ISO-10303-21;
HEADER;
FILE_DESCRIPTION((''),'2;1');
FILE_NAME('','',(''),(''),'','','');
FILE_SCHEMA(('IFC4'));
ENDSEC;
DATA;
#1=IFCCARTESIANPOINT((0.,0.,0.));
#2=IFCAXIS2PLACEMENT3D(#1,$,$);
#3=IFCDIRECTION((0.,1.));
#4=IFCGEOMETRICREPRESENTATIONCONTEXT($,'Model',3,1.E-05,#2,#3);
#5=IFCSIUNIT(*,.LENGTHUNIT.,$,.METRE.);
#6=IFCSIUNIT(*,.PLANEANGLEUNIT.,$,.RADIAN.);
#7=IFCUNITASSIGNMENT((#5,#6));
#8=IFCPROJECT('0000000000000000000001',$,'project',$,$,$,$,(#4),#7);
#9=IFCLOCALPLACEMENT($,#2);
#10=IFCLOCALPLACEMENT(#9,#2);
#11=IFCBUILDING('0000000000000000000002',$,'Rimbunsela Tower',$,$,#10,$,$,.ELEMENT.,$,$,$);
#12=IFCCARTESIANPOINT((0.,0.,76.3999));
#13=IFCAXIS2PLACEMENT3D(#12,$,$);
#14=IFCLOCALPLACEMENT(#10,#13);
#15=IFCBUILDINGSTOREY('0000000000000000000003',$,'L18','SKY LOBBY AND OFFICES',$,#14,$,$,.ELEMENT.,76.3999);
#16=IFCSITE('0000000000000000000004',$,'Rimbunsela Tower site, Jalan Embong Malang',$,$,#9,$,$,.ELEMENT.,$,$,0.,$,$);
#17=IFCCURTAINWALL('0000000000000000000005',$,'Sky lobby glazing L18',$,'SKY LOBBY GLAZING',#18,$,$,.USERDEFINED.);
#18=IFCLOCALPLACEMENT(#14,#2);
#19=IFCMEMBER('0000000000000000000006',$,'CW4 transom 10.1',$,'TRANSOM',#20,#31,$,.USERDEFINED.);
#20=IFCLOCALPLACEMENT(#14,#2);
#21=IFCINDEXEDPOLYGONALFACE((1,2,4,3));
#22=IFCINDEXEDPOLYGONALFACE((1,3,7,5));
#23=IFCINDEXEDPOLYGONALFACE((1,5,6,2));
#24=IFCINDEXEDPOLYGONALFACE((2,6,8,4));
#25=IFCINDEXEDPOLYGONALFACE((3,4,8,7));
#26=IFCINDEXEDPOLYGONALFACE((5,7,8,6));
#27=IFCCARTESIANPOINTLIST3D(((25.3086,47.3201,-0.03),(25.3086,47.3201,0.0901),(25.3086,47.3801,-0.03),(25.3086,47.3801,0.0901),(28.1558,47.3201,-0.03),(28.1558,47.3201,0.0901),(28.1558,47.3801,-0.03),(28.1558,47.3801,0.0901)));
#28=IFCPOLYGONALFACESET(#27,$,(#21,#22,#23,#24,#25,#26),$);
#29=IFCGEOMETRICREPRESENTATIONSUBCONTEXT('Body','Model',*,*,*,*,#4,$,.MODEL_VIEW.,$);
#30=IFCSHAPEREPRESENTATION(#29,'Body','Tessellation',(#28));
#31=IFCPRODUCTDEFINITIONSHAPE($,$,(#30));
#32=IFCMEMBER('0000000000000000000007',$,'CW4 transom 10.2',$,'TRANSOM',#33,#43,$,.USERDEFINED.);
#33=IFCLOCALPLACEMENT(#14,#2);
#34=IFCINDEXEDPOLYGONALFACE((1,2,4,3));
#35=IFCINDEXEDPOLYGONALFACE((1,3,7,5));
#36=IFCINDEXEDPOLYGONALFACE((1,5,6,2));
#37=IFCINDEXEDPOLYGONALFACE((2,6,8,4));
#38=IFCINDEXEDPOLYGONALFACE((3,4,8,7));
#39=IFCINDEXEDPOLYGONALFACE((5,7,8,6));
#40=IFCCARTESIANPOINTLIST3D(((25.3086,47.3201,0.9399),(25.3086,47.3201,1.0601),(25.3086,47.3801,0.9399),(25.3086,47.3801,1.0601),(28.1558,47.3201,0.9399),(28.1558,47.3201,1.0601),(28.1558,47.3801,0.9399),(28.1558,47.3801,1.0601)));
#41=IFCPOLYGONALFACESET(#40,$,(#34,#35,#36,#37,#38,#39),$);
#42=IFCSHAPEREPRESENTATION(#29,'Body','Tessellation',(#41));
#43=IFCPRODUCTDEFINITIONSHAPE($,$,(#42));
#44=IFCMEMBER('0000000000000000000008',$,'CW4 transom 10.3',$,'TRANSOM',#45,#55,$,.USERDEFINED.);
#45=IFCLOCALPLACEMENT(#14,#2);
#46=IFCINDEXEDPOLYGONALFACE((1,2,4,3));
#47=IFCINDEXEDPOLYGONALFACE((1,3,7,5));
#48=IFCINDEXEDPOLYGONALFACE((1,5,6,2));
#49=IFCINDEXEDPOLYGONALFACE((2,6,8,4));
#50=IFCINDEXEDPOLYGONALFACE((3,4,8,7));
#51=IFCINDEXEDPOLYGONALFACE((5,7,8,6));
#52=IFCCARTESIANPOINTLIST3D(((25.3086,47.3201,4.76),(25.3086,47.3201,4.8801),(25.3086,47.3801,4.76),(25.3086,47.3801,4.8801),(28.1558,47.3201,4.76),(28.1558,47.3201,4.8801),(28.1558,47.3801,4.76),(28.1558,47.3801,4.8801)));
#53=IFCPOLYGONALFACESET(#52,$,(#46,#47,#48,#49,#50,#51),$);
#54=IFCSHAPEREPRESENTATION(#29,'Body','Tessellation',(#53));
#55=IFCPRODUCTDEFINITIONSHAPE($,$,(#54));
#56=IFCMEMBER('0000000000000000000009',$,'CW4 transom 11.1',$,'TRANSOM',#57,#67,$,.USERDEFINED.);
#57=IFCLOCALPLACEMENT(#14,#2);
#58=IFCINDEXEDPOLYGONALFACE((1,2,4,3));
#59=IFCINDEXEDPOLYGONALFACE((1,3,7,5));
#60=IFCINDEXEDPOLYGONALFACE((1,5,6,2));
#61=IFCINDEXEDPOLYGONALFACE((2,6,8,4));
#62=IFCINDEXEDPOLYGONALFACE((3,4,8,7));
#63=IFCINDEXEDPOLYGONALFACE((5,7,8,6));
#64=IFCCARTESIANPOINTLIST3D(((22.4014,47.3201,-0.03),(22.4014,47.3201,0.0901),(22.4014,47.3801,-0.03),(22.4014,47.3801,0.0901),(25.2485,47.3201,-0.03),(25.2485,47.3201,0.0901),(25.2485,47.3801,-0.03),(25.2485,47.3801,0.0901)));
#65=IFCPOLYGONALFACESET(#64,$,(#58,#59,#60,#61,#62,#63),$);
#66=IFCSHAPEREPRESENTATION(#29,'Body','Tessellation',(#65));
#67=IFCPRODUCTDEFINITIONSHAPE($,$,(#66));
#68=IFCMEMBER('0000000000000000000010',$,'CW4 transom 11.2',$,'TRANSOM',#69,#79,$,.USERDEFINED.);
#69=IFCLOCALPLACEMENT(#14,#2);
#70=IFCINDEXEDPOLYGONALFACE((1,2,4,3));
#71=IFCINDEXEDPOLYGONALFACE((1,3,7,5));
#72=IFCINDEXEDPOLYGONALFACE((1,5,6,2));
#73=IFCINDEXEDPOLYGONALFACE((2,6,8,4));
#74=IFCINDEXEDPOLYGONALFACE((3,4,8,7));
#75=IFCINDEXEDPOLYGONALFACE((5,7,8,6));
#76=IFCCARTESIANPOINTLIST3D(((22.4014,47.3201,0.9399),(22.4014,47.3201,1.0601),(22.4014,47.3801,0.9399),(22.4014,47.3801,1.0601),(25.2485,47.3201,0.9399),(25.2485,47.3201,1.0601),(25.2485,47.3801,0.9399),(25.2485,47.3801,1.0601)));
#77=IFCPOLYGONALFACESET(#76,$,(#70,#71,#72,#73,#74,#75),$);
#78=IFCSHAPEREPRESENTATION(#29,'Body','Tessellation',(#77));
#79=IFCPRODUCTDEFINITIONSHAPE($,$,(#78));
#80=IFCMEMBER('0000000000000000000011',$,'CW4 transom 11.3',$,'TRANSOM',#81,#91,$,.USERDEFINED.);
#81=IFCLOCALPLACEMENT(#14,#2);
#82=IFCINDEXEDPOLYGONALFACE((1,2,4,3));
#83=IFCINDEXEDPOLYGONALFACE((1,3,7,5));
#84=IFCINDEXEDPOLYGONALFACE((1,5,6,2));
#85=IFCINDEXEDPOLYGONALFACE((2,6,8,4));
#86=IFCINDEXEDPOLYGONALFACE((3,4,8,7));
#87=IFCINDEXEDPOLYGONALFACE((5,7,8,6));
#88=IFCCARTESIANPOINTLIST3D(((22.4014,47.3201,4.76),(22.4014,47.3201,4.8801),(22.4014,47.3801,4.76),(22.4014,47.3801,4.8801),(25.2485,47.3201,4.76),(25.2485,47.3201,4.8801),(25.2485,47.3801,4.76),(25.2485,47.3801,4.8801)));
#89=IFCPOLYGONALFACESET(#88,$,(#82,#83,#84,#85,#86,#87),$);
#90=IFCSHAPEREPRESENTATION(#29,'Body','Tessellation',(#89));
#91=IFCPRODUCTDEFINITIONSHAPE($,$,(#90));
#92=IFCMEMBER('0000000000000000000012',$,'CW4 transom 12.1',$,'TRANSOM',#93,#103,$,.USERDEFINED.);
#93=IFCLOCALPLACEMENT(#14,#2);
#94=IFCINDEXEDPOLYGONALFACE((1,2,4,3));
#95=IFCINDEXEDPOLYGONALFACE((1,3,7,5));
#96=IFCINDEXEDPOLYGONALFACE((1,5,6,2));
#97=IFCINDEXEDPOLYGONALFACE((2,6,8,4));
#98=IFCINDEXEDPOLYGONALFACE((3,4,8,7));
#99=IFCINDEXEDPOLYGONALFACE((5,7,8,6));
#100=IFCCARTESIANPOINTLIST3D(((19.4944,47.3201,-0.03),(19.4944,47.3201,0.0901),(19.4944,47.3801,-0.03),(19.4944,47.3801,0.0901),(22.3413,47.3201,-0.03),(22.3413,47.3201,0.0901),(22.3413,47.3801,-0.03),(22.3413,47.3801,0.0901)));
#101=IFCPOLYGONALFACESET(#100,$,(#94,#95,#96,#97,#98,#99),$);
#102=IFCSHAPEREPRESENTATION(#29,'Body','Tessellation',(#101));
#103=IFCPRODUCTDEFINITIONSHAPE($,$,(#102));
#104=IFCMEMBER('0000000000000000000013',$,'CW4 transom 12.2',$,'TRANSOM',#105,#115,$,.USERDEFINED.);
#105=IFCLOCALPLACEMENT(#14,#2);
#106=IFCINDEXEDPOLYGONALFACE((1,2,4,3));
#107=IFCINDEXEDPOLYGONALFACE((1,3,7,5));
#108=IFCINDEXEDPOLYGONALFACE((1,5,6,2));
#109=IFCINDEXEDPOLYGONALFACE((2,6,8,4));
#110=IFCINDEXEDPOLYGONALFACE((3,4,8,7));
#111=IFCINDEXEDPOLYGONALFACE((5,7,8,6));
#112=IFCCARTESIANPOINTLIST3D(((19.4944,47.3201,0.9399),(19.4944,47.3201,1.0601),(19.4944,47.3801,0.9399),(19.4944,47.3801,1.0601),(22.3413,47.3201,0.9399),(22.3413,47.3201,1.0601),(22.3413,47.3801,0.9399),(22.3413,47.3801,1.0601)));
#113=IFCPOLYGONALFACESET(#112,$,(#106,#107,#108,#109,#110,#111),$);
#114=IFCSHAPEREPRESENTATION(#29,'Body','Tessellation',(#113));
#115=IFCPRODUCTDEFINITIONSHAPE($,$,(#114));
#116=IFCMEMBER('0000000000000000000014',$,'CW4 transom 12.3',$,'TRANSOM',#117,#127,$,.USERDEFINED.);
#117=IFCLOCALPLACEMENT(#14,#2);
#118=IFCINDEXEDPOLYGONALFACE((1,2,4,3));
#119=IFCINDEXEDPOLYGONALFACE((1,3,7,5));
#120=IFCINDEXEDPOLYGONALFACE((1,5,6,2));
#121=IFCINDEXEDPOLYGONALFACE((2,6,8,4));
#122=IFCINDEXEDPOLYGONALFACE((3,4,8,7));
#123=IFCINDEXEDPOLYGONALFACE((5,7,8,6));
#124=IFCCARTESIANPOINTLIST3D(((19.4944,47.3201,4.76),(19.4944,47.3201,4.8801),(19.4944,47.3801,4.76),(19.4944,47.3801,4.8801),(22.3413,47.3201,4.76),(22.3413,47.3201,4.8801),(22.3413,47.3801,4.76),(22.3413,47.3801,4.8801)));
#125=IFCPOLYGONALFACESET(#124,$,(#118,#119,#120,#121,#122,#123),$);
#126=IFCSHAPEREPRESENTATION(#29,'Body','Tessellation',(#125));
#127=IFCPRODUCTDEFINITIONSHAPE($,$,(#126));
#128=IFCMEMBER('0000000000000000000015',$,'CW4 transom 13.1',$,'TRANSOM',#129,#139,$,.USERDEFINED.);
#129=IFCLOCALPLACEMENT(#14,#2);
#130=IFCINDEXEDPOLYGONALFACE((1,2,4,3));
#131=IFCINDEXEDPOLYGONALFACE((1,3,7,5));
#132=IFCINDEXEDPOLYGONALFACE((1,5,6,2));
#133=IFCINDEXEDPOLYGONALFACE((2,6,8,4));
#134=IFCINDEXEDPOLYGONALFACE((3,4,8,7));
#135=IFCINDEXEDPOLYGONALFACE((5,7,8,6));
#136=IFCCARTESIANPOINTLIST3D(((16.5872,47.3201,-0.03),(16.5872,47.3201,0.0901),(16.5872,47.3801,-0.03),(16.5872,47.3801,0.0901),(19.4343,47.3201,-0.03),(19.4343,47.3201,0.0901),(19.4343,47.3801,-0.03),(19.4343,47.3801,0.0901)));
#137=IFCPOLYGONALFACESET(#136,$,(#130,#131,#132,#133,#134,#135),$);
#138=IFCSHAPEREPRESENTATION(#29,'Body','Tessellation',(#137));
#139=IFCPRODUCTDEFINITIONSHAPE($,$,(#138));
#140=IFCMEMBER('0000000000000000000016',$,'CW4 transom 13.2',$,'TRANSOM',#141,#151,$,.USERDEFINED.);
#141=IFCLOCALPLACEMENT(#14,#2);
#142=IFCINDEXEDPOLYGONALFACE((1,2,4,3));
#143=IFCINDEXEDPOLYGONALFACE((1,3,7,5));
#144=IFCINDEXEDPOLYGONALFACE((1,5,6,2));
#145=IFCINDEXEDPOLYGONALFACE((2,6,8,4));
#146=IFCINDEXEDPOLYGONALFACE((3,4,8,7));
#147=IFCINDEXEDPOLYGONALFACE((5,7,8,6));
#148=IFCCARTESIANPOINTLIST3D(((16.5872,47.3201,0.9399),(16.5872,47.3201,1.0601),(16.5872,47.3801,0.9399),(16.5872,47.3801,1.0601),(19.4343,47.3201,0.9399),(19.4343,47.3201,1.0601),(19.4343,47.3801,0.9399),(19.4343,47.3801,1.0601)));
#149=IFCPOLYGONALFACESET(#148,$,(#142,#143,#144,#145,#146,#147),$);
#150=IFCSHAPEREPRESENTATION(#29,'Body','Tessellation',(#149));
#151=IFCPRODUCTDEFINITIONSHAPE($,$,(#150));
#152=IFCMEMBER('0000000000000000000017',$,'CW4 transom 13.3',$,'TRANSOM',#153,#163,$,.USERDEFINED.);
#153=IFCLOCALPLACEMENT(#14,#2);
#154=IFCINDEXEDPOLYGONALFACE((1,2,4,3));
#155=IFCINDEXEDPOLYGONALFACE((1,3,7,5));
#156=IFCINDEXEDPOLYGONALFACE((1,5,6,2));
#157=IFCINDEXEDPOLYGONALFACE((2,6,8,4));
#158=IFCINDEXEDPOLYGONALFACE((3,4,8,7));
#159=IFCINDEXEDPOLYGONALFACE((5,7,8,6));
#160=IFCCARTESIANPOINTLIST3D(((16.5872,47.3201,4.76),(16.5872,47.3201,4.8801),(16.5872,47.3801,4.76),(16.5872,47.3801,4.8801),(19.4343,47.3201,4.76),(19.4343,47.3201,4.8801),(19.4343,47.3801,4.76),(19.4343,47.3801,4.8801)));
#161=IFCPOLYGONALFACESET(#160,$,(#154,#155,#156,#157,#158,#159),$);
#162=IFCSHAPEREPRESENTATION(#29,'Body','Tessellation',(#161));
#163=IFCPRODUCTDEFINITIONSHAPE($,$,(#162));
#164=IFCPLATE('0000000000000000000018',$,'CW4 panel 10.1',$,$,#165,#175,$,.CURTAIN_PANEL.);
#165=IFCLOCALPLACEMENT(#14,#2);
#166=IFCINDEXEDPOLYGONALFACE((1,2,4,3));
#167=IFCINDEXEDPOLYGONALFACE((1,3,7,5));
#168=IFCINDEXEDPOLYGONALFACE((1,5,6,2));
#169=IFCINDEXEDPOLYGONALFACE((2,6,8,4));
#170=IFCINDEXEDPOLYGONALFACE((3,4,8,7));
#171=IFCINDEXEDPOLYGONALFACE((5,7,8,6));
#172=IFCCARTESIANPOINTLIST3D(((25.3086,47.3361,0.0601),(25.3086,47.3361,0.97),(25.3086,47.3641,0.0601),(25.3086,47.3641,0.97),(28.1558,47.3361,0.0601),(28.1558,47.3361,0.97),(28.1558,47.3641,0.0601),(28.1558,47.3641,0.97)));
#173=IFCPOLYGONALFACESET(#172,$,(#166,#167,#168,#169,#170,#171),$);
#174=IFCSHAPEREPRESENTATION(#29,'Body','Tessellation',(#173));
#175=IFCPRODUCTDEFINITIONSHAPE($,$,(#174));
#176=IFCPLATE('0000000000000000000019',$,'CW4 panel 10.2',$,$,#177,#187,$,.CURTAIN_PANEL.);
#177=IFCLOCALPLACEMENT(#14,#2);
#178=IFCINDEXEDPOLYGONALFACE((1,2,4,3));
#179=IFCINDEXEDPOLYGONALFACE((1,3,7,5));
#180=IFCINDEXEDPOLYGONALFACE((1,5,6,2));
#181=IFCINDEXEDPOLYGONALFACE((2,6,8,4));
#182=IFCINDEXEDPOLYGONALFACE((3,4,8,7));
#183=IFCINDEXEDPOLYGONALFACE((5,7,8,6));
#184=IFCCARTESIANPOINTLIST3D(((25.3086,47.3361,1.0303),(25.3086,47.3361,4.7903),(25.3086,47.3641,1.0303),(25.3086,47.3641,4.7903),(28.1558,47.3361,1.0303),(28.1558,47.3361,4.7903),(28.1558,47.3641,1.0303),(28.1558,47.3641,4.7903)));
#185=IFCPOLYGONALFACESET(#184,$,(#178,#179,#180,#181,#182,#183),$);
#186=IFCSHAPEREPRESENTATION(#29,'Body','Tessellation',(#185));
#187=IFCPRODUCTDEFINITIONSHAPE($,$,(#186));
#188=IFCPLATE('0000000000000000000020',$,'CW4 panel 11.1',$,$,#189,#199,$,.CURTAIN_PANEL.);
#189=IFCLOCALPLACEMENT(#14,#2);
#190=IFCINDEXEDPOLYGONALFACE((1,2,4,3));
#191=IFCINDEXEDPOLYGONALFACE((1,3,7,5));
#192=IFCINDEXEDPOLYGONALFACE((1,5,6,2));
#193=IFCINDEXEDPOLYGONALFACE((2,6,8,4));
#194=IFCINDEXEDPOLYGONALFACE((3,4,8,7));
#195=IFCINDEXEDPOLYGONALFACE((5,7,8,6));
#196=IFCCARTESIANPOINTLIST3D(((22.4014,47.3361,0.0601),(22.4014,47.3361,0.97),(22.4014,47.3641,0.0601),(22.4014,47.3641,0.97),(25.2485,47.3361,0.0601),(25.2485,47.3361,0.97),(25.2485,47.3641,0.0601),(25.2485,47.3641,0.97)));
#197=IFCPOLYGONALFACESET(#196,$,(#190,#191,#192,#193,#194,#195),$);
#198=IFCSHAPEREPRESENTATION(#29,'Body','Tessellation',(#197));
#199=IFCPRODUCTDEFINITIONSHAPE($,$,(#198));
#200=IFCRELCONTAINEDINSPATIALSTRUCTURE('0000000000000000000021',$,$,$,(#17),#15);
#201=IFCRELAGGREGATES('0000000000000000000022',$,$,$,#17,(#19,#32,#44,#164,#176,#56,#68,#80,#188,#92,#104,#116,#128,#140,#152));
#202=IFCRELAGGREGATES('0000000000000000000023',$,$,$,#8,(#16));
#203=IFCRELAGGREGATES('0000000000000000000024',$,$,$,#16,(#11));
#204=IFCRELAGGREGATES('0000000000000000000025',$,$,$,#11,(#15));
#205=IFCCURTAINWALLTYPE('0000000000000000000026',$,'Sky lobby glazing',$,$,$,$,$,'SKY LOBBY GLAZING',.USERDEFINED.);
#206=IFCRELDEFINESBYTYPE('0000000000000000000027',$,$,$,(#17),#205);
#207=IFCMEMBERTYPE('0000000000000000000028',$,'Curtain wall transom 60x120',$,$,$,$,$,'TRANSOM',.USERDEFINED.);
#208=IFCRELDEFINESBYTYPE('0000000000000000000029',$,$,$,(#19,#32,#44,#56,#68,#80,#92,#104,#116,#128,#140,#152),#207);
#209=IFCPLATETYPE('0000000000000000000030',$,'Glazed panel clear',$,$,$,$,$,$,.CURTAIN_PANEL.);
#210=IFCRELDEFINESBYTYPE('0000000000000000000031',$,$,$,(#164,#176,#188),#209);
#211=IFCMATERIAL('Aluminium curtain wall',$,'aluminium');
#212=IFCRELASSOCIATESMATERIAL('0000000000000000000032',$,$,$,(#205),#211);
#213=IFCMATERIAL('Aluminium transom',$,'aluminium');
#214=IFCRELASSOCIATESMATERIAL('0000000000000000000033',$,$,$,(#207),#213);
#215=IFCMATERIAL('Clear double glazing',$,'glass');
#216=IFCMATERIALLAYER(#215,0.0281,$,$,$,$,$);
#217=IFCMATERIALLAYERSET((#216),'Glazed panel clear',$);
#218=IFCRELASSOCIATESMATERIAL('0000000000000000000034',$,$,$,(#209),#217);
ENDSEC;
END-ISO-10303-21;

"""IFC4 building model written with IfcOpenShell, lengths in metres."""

from ifc_helpers import new_model, si_unit, direction, frame, origin, origin_2d, place, context, subcontext, project, spatial, rectangle, extrude, material, layer, layer_set, material_profile, profile_set, type_object, element, aggregate, save


model = new_model("IFC4")

# Units and contexts
model_context = context("Model", 3, precision=1e-05, world=origin(), true_north=direction((0.0, 1.0)))
body_context = subcontext(model_context, "Body", "Model", "MODEL_VIEW")
ifc_project = project(units=[si_unit("LENGTHUNIT", "METRE"), si_unit("PLANEANGLEUNIT", "RADIAN")], contexts=[model_context])

# Site, building, storey
site_placement = place(None, origin())
site = spatial("IfcSite", under=ifc_project, at=site_placement, Name="Rimbunsela Tower site, Jalan Embong Malang", CompositionType="ELEMENT", RefElevation=0.0)
building_placement = place(site_placement, origin())
building = spatial("IfcBuilding", under=site, at=building_placement, Name="Rimbunsela Tower", CompositionType="ELEMENT")
storey_placement = place(building_placement, frame((0.0, 0.0, 76.3999)))
storey = spatial("IfcBuildingStorey", under=building, at=storey_placement, Name="L18", Description="SKY LOBBY AND OFFICES", CompositionType="ELEMENT", Elevation=76.3999)

# Curtain wall, members, plates
ifc_material_1 = material(Name="Aluminium curtain wall", Category="aluminium")
curtain_wall_type = type_object("IfcCurtainWallType", Name="Sky lobby glazing", ElementType="SKY LOBBY GLAZING", PredefinedType="USERDEFINED", material=ifc_material_1)
curtain_wall_placement = place(storey_placement, origin())
curtain_wall = element("IfcCurtainWall", 1, at=curtain_wall_placement, inside=storey, type_object=curtain_wall_type, Name="Sky lobby glazing L18", ObjectType="SKY LOBBY GLAZING", PredefinedType="USERDEFINED")
ifc_material_2 = material(Name="Aluminium transom", Category="aluminium")
ifc_material_profile_1 = material_profile(ifc_material_2, rectangle(XDim=0.0601, YDim=0.1201, at=origin_2d()), Name="Transom 60x120")
ifc_profile_set_1 = profile_set([ifc_material_profile_1], Name="Aluminium transom")
member_type_1 = type_object("IfcMemberType", Name="Curtain wall transom 60x120", ElementType="TRANSOM", PredefinedType="USERDEFINED", material=ifc_profile_set_1)
member_1_placement = place(storey_placement, frame((28.1558, 47.3501, 0.03), z_axis=(-1.0, 0.0, 0.0), x_axis=(0.0, -1.0, 0.0)))
member_1 = element("IfcMember", 2, at=member_1_placement, type_object=member_type_1, Name="CW4 transom 10.1", ObjectType="TRANSOM", PredefinedType="USERDEFINED", context=body_context, shape_type="SweptSolid", body=[
    extrude(rectangle(XDim=0.0601, YDim=0.1201, at=origin_2d()), origin(), (0.0, 0.0, 1.0), 2.8472),
])
member_2_placement = place(storey_placement, frame((28.1558, 47.3501, 1.0), z_axis=(-1.0, 0.0, 0.0), x_axis=(0.0, -1.0, 0.0)))
member_2 = element("IfcMember", 3, at=member_2_placement, type_object=member_type_1, Name="CW4 transom 10.2", ObjectType="TRANSOM", PredefinedType="USERDEFINED", context=body_context, shape_type="SweptSolid", body=[
    extrude(rectangle(XDim=0.0601, YDim=0.1201, at=origin_2d()), origin(), (0.0, 0.0, 1.0), 2.8472),
])
member_3_placement = place(storey_placement, frame((28.1558, 47.3501, 4.8201), z_axis=(-1.0, 0.0, 0.0), x_axis=(0.0, -1.0, 0.0)))
member_3 = element("IfcMember", 4, at=member_3_placement, type_object=member_type_1, Name="CW4 transom 10.3", ObjectType="TRANSOM", PredefinedType="USERDEFINED", context=body_context, shape_type="SweptSolid", body=[
    extrude(rectangle(XDim=0.0601, YDim=0.1201, at=origin_2d()), origin(), (0.0, 0.0, 1.0), 2.8472),
])
member_4_placement = place(storey_placement, frame((25.2485, 47.3501, 0.03), z_axis=(-1.0, 0.0, 0.0), x_axis=(0.0, -1.0, 0.0)))
member_4 = element("IfcMember", 5, at=member_4_placement, type_object=member_type_1, Name="CW4 transom 11.1", ObjectType="TRANSOM", PredefinedType="USERDEFINED", context=body_context, shape_type="SweptSolid", body=[
    extrude(rectangle(XDim=0.0601, YDim=0.1201, at=origin_2d()), origin(), (0.0, 0.0, 1.0), 2.8472),
])
member_5_placement = place(storey_placement, frame((25.2485, 47.3501, 1.0), z_axis=(-1.0, 0.0, 0.0), x_axis=(0.0, -1.0, 0.0)))
member_5 = element("IfcMember", 6, at=member_5_placement, type_object=member_type_1, Name="CW4 transom 11.2", ObjectType="TRANSOM", PredefinedType="USERDEFINED", context=body_context, shape_type="SweptSolid", body=[
    extrude(rectangle(XDim=0.0601, YDim=0.1201, at=origin_2d()), origin(), (0.0, 0.0, 1.0), 2.8472),
])
member_6_placement = place(storey_placement, frame((25.2485, 47.3501, 4.8201), z_axis=(-1.0, 0.0, 0.0), x_axis=(0.0, -1.0, 0.0)))
member_6 = element("IfcMember", 7, at=member_6_placement, type_object=member_type_1, Name="CW4 transom 11.3", ObjectType="TRANSOM", PredefinedType="USERDEFINED", context=body_context, shape_type="SweptSolid", body=[
    extrude(rectangle(XDim=0.0601, YDim=0.1201, at=origin_2d()), origin(), (0.0, 0.0, 1.0), 2.8472),
])
member_7_placement = place(storey_placement, frame((22.3413, 47.3501, 0.03), z_axis=(-1.0, 0.0, 0.0), x_axis=(0.0, -1.0, 0.0)))
member_7 = element("IfcMember", 8, at=member_7_placement, type_object=member_type_1, Name="CW4 transom 12.1", ObjectType="TRANSOM", PredefinedType="USERDEFINED", context=body_context, shape_type="SweptSolid", body=[
    extrude(rectangle(XDim=0.0601, YDim=0.1201, at=origin_2d()), origin(), (0.0, 0.0, 1.0), 2.8469),
])
member_8_placement = place(storey_placement, frame((22.3413, 47.3501, 1.0), z_axis=(-1.0, 0.0, 0.0), x_axis=(0.0, -1.0, 0.0)))
member_8 = element("IfcMember", 9, at=member_8_placement, type_object=member_type_1, Name="CW4 transom 12.2", ObjectType="TRANSOM", PredefinedType="USERDEFINED", context=body_context, shape_type="SweptSolid", body=[
    extrude(rectangle(XDim=0.0601, YDim=0.1201, at=origin_2d()), origin(), (0.0, 0.0, 1.0), 2.8469),
])
member_9_placement = place(storey_placement, frame((22.3413, 47.3501, 4.8201), z_axis=(-1.0, 0.0, 0.0), x_axis=(0.0, -1.0, 0.0)))
member_9 = element("IfcMember", 10, at=member_9_placement, type_object=member_type_1, Name="CW4 transom 12.3", ObjectType="TRANSOM", PredefinedType="USERDEFINED", context=body_context, shape_type="SweptSolid", body=[
    extrude(rectangle(XDim=0.0601, YDim=0.1201, at=origin_2d()), origin(), (0.0, 0.0, 1.0), 2.8469),
])
member_10_placement = place(storey_placement, frame((19.4343, 47.3501, 0.03), z_axis=(-1.0, 0.0, 0.0), x_axis=(0.0, -1.0, 0.0)))
member_10 = element("IfcMember", 11, at=member_10_placement, type_object=member_type_1, Name="CW4 transom 13.1", ObjectType="TRANSOM", PredefinedType="USERDEFINED", context=body_context, shape_type="SweptSolid", body=[
    extrude(rectangle(XDim=0.0601, YDim=0.1201, at=origin_2d()), origin(), (0.0, 0.0, 1.0), 2.8472),
])
member_11_placement = place(storey_placement, frame((19.4343, 47.3501, 1.0), z_axis=(-1.0, 0.0, 0.0), x_axis=(0.0, -1.0, 0.0)))
member_11 = element("IfcMember", 12, at=member_11_placement, type_object=member_type_1, Name="CW4 transom 13.2", ObjectType="TRANSOM", PredefinedType="USERDEFINED", context=body_context, shape_type="SweptSolid", body=[
    extrude(rectangle(XDim=0.0601, YDim=0.1201, at=origin_2d()), origin(), (0.0, 0.0, 1.0), 2.8472),
])
member_12_placement = place(storey_placement, frame((19.4343, 47.3501, 4.8201), z_axis=(-1.0, 0.0, 0.0), x_axis=(0.0, -1.0, 0.0)))
member_12 = element("IfcMember", 13, at=member_12_placement, type_object=member_type_1, Name="CW4 transom 13.3", ObjectType="TRANSOM", PredefinedType="USERDEFINED", context=body_context, shape_type="SweptSolid", body=[
    extrude(rectangle(XDim=0.0601, YDim=0.1201, at=origin_2d()), origin(), (0.0, 0.0, 1.0), 2.8472),
])
ifc_material_3 = material(Name="Clear double glazing", Category="glass")
ifc_layer_1 = layer(ifc_material_3, 0.0281)
ifc_layer_set_1 = layer_set([ifc_layer_1], Name="Glazed panel clear")
plate_type = type_object("IfcPlateType", Name="Glazed panel clear", PredefinedType="CURTAIN_PANEL", material=ifc_layer_set_1)
plate_1_placement = place(storey_placement, frame((26.7322, 47.3501, 0.0601), z_axis=(0.0, 0.0, 1.0), x_axis=(-1.0, 0.0, 0.0)))
plate_1 = element("IfcPlate", 14, at=plate_1_placement, type_object=plate_type, Name="CW4 panel 10.1", PredefinedType="CURTAIN_PANEL", context=body_context, shape_type="SweptSolid", body=[
    extrude(rectangle(XDim=2.8472, YDim=0.0281, at=origin_2d()), origin(), (0.0, 0.0, 1.0), 0.9099),
])
plate_2_placement = place(storey_placement, frame((26.7322, 47.3501, 1.0303), z_axis=(0.0, 0.0, 1.0), x_axis=(-1.0, 0.0, 0.0)))
plate_2 = element("IfcPlate", 15, at=plate_2_placement, type_object=plate_type, Name="CW4 panel 10.2", PredefinedType="CURTAIN_PANEL", context=body_context, shape_type="SweptSolid", body=[
    extrude(rectangle(XDim=2.8472, YDim=0.0281, at=origin_2d()), origin(), (0.0, 0.0, 1.0), 3.76),
])
plate_3_placement = place(storey_placement, frame((23.825, 47.3501, 0.0601), z_axis=(0.0, 0.0, 1.0), x_axis=(-1.0, 0.0, 0.0)))
plate_3 = element("IfcPlate", 16, at=plate_3_placement, type_object=plate_type, Name="CW4 panel 11.1", PredefinedType="CURTAIN_PANEL", context=body_context, shape_type="SweptSolid", body=[
    extrude(rectangle(XDim=2.8472, YDim=0.0281, at=origin_2d()), origin(), (0.0, 0.0, 1.0), 0.9099),
])
aggregate(curtain_wall, [member_1, member_2, member_3, plate_1, plate_2, member_4, member_5, member_6, plate_3, member_7, member_8, member_9, member_10, member_11, member_12])

save(model, "model.ifc")
